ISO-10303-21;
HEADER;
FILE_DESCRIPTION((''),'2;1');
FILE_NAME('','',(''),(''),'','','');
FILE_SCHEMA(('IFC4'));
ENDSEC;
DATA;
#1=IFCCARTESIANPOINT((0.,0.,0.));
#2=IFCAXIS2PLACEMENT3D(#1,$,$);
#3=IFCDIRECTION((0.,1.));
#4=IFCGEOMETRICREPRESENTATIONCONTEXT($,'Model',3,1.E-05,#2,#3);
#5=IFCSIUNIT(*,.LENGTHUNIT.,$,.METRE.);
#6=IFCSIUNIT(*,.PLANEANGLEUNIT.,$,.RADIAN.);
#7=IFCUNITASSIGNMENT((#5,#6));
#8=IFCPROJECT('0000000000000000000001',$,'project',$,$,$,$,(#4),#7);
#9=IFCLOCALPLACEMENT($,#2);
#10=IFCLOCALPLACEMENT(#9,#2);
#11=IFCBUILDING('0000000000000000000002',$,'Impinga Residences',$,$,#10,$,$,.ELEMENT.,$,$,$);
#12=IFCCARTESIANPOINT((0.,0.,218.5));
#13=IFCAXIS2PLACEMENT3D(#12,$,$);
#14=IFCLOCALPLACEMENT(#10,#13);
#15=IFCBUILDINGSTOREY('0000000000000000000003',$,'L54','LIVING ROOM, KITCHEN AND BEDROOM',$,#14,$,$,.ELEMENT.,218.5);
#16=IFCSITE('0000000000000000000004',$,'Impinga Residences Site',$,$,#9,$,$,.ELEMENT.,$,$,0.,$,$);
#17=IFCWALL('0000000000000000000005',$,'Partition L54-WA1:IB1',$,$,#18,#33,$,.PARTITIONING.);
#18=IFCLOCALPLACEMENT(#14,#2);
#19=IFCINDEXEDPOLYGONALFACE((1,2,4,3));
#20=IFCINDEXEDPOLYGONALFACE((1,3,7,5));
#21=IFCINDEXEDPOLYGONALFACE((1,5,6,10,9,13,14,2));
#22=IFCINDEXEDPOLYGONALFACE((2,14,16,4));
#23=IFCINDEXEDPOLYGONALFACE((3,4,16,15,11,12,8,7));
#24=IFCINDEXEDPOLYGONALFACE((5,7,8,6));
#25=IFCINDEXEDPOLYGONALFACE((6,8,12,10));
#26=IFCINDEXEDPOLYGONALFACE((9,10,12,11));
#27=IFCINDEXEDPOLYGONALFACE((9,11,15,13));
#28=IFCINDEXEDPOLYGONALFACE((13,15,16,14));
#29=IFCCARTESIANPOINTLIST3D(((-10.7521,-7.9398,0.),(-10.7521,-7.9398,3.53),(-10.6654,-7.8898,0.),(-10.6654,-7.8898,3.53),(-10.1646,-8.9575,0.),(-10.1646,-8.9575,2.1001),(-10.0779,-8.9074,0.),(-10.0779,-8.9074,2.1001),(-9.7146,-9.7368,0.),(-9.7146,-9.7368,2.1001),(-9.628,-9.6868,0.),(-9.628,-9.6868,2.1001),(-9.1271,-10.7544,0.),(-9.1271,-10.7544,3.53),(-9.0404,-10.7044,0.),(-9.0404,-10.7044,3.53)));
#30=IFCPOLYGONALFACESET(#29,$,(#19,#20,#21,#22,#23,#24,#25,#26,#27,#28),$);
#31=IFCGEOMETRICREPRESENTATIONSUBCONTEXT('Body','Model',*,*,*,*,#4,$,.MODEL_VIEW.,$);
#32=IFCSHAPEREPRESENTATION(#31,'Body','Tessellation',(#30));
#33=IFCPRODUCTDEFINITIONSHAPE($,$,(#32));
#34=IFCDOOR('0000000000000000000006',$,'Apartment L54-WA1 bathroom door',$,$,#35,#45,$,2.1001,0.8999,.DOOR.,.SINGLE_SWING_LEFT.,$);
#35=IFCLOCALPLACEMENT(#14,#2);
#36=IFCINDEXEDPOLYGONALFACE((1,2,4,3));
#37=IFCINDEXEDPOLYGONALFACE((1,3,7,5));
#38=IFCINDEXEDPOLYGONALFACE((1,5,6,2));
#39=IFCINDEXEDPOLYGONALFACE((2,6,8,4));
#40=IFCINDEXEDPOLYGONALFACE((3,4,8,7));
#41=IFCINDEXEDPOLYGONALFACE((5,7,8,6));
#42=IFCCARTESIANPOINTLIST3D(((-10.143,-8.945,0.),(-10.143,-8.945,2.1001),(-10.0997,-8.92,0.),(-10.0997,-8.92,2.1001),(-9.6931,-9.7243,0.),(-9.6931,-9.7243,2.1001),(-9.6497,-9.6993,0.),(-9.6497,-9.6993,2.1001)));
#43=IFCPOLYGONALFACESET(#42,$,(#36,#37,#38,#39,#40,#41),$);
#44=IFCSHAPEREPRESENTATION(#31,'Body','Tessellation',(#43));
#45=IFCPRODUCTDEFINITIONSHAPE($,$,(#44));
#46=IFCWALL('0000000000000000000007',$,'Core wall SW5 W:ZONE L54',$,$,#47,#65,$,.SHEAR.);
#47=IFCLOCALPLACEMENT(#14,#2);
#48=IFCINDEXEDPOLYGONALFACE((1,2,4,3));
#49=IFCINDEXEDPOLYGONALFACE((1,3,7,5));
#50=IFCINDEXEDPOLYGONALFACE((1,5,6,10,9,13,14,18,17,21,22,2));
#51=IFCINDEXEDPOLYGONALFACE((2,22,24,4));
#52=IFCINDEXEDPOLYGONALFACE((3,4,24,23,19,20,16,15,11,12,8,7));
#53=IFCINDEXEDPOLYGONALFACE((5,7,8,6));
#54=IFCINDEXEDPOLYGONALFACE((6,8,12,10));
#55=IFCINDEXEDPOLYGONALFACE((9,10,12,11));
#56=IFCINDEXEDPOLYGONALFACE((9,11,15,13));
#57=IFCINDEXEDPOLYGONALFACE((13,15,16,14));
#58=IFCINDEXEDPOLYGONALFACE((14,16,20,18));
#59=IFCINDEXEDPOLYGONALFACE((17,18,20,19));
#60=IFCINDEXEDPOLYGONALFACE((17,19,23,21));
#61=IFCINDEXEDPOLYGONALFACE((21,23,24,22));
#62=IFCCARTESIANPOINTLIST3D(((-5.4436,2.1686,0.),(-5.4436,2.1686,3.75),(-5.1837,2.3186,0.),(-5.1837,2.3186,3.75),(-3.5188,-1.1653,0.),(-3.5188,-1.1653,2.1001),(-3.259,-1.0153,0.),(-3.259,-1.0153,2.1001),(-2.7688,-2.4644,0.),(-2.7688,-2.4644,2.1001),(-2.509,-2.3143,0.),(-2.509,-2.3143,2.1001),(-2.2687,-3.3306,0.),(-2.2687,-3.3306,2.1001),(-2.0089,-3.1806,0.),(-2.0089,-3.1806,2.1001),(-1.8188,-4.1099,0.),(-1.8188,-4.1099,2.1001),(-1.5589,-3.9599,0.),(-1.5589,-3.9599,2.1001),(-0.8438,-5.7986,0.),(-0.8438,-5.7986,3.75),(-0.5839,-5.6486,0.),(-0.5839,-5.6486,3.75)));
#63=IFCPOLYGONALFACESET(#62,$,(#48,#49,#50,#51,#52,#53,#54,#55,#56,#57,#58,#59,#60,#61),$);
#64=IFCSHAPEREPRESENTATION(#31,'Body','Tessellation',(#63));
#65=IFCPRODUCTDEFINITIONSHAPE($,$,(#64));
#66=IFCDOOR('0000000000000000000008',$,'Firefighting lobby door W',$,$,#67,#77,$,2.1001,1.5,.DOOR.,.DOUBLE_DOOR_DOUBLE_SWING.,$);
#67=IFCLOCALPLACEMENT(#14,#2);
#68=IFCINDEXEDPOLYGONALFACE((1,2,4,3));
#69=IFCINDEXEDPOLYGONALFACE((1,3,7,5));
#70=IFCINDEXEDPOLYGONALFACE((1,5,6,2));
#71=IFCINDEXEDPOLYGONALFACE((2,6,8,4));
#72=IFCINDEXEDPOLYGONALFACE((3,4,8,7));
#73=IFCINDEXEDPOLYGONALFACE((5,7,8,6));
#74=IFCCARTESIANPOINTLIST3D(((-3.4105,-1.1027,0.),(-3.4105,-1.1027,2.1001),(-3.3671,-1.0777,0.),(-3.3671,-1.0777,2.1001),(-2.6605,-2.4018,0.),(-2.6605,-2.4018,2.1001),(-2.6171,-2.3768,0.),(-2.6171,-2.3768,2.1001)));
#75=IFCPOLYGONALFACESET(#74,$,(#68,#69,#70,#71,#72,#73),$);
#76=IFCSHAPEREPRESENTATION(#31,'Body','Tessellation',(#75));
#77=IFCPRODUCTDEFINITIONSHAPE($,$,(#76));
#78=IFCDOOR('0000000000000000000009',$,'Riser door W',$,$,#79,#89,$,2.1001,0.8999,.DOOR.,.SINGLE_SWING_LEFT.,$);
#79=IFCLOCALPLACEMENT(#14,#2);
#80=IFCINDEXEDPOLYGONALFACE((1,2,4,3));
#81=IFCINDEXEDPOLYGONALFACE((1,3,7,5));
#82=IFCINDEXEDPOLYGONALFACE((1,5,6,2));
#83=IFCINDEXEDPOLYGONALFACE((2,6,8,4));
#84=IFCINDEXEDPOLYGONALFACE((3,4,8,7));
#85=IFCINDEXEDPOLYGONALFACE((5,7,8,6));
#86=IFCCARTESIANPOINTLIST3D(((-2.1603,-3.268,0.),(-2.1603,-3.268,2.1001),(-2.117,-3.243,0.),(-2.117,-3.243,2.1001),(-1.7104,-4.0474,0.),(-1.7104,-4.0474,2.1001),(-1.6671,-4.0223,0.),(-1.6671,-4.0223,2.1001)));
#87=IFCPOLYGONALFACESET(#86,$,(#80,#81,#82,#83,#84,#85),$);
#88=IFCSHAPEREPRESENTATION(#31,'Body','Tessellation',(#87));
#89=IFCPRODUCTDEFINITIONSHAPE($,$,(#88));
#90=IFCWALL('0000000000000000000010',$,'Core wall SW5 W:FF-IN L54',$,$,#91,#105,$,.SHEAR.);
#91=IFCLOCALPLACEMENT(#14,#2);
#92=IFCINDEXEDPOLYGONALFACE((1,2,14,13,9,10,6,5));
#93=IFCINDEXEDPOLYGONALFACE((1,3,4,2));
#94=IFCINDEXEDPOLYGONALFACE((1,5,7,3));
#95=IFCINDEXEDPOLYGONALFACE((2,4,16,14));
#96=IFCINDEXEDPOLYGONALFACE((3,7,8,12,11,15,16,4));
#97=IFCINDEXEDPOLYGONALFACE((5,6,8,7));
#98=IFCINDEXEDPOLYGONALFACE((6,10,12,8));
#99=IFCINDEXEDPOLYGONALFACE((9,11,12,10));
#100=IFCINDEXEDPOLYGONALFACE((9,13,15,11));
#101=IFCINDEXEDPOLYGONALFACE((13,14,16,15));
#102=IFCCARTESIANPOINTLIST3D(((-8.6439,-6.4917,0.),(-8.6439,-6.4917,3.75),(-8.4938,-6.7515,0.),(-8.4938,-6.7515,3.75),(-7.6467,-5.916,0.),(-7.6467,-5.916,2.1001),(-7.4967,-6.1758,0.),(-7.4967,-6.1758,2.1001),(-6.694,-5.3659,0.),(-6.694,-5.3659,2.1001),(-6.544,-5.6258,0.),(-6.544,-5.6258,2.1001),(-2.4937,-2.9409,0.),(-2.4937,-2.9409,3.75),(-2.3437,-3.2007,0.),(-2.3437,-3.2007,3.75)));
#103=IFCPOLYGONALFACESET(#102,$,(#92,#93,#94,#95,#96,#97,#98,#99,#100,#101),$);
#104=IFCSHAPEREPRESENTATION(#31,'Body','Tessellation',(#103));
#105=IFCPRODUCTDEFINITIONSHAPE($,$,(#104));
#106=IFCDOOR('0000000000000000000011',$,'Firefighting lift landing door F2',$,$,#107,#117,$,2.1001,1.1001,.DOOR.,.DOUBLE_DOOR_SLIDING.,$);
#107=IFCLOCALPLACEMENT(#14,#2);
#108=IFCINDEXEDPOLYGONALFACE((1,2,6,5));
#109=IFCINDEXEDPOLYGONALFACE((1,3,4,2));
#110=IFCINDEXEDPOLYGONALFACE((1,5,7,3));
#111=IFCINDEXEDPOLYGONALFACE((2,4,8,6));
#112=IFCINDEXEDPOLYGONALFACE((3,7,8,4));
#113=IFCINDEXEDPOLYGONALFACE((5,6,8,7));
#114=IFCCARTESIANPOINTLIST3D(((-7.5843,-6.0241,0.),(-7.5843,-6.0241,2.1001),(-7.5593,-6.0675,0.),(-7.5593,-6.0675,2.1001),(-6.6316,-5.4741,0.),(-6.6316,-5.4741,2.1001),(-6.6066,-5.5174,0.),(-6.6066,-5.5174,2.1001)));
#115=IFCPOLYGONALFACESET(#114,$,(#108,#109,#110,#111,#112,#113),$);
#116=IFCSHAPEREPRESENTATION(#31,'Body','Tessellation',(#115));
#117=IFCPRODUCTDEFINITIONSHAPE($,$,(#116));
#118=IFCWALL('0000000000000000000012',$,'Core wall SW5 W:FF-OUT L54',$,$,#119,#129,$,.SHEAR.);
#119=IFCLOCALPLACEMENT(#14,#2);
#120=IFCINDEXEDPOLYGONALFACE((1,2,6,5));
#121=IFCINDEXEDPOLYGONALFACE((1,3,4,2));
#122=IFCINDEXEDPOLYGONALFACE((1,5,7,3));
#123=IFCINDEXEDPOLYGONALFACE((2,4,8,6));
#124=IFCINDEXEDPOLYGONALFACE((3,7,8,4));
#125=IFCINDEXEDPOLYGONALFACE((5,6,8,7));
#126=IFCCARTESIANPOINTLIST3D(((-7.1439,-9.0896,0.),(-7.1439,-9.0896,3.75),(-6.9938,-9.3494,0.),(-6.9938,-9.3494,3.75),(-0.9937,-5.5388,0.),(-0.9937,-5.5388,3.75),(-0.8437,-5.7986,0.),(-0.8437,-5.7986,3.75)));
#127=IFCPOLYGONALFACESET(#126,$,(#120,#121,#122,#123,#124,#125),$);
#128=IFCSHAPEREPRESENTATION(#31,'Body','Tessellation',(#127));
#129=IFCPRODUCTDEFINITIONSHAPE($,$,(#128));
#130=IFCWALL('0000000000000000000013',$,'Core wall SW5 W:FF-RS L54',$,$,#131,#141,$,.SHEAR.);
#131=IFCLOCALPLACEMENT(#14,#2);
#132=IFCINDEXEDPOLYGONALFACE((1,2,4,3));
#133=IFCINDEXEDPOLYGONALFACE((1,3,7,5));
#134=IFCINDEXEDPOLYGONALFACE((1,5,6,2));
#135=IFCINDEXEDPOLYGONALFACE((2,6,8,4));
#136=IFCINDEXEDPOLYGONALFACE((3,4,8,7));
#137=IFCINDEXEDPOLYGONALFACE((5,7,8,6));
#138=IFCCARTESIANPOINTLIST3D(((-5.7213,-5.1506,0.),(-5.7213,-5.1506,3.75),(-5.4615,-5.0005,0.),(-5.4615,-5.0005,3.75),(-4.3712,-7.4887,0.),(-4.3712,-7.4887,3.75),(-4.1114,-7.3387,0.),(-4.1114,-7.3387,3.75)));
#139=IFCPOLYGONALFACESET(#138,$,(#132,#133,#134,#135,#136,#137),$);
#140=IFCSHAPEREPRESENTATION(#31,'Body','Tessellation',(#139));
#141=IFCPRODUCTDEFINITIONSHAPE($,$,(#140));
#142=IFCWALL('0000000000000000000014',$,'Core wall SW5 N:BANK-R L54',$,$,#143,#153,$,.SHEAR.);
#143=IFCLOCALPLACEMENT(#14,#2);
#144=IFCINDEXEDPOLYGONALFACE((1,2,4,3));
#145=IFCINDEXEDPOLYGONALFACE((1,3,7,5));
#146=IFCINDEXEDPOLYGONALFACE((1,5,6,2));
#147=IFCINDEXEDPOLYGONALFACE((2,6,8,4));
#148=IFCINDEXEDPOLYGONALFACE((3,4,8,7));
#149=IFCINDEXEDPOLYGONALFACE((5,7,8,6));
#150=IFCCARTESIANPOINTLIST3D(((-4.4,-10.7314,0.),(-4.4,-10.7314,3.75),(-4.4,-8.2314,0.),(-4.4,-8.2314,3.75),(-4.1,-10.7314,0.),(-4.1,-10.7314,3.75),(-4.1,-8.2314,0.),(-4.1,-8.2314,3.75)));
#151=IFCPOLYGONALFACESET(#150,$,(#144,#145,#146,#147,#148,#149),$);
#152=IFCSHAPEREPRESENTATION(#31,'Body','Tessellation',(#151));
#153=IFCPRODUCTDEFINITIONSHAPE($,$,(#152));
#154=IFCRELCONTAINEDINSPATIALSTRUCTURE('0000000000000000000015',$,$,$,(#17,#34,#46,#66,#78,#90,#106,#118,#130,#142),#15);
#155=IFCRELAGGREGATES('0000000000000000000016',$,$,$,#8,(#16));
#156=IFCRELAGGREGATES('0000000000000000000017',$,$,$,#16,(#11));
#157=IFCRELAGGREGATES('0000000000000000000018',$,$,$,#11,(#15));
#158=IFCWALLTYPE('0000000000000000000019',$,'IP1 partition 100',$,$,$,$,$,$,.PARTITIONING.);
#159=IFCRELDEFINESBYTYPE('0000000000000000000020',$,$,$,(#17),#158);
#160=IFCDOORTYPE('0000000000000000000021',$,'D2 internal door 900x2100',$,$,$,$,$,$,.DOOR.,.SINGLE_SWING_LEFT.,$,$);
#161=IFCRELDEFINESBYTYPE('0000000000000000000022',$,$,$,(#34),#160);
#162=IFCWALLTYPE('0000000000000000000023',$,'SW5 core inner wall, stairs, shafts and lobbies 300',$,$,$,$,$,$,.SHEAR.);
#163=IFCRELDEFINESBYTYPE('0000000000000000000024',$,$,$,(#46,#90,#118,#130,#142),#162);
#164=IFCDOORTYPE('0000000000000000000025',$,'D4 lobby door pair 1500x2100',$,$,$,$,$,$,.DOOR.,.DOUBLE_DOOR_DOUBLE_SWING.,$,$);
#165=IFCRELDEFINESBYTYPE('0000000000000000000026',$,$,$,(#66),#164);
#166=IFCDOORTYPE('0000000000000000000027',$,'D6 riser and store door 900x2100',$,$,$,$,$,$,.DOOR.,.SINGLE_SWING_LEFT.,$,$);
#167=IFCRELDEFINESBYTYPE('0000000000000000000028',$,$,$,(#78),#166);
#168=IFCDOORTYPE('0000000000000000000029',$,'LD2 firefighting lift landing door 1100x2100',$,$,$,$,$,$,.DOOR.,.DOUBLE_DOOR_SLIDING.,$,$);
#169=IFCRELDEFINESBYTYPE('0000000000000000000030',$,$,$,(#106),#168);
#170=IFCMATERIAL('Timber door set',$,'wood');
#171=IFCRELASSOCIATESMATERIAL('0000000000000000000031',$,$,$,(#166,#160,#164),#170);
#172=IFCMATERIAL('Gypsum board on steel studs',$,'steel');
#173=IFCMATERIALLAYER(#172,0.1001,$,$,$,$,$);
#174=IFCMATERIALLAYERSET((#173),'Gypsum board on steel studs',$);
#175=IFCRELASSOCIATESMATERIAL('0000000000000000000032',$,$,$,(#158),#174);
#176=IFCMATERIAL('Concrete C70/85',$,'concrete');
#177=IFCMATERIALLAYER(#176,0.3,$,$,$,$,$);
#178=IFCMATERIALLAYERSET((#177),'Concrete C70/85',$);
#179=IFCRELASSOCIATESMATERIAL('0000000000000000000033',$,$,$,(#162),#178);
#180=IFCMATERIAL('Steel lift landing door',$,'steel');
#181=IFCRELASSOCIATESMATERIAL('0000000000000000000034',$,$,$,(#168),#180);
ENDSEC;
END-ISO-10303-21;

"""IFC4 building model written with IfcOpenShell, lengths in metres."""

from ifc_helpers import new_model, si_unit, direction, frame, frame_2d, origin, place, context, subcontext, project, spatial, rectangle, extrude, material, layer, layer_set, type_object, element, fill, save


model = new_model("IFC4")

# Units and contexts
model_context = context("Model", 3, precision=1e-05, world=origin(), true_north=direction((0.0, 1.0)))
body_context = subcontext(model_context, "Body", "Model", "MODEL_VIEW")
ifc_project = project(units=[si_unit("LENGTHUNIT", "METRE"), si_unit("PLANEANGLEUNIT", "RADIAN")], contexts=[model_context])

# Site, building, storey
site_placement = place(None, origin())
site = spatial("IfcSite", under=ifc_project, at=site_placement, Name="Impinga Residences Site", CompositionType="ELEMENT", RefElevation=0.0)
building_placement = place(site_placement, origin())
building = spatial("IfcBuilding", under=site, at=building_placement, Name="Impinga Residences", CompositionType="ELEMENT")
storey_placement = place(building_placement, frame((0.0, 0.0, 218.5)))
storey = spatial("IfcBuildingStorey", under=building, at=storey_placement, Name="L54", Description="LIVING ROOM, KITCHEN AND BEDROOM", CompositionType="ELEMENT", Elevation=218.5)

# Shared definitions
ifc_material_1 = material(Name="Timber door set", Category="wood")

# Shared definitions
door_type_1 = type_object("IfcDoorType", Name="D6 riser and store door 900x2100", OperationType="SINGLE_SWING_LEFT", PredefinedType="DOOR", material=ifc_material_1)

# Shared definitions
ifc_material_2 = material(Name="Gypsum board on steel studs", Category="steel")
ifc_layer_1 = layer(ifc_material_2, 0.1001)
ifc_layer_set_1 = layer_set([ifc_layer_1], Name="Gypsum board on steel studs")
wall_type_1 = type_object("IfcWallType", Name="IP1 partition 100", PredefinedType="PARTITIONING", material=ifc_layer_set_1)

# Wall, opening, door
wall_1_placement = place(storey_placement, frame((-10.7087, -7.9148, 0.0), z_axis=(0.0, 0.0, 1.0), x_axis=(0.499985, -0.866034, 0.0)))
wall_1 = element("IfcWall", 1, at=wall_1_placement, inside=storey, type_object=wall_type_1, Name="Partition L54-WA1:IB1", PredefinedType="PARTITIONING", context=body_context, shape_type="SweptSolid", body=[
    extrude(rectangle(XDim=3.25, YDim=0.1001, at=frame_2d((1.625, 0.0))), origin(), (0.0, 0.0, 1.0), 3.53),
])
opening_1_placement = place(wall_1_placement, frame((1.175, 0.0, 0.0)))
opening_1 = element("IfcOpeningElement", 2, at=opening_1_placement, cuts=wall_1, PredefinedType="OPENING", context=body_context, shape_type="SweptSolid", body=[
    extrude(rectangle(XDim=0.8999, YDim=2.1001, at=frame_2d((0.45, 1.05))), frame((0.0, 0.0601, 0.0), z_axis=(0.0, -1.0, 0.0), x_axis=(1.0, 0.0, 0.0)), (0.0, 0.0, 1.0), 0.1201),
])
door_type_2 = type_object("IfcDoorType", Name="D2 internal door 900x2100", OperationType="SINGLE_SWING_LEFT", PredefinedType="DOOR", material=ifc_material_1)
door_1_placement = place(opening_1_placement, origin())
door_1 = element("IfcDoor", 3, at=door_1_placement, inside=storey, type_object=door_type_2, Name="Apartment L54-WA1 bathroom door", OperationType="SINGLE_SWING_LEFT", OverallHeight=2.1001, OverallWidth=0.8999, PredefinedType="DOOR", context=body_context, shape_type="SweptSolid", body=[
    extrude(rectangle(XDim=0.8999, YDim=2.1001, at=frame_2d((0.45, 1.05))), frame((0.0, 0.0249, 0.0), z_axis=(0.0, -1.0, 0.0), x_axis=(1.0, 0.0, 0.0)), (0.0, 0.0, 1.0), 0.05),
])
fill(opening_1, door_1)

# Wall, openings, doors
ifc_material_3 = material(Name="Concrete C70/85", Category="concrete")
ifc_layer_2 = layer(ifc_material_3, 0.3)
ifc_layer_set_2 = layer_set([ifc_layer_2], Name="Concrete C70/85")
wall_type_2 = type_object("IfcWallType", Name="SW5 core inner wall, stairs, shafts and lobbies 300", PredefinedType="SHEAR", material=ifc_layer_set_2)
wall_2_placement = place(storey_placement, frame((-0.7139, -5.7236, 0.0), z_axis=(0.0, 0.0, 1.0), x_axis=(-0.499995, 0.866028, 0.0)))
wall_2 = element("IfcWall", 4, at=wall_2_placement, inside=storey, type_object=wall_type_2, Name="Core wall SW5 W:ZONE L54", PredefinedType="SHEAR", context=body_context, shape_type="SweptSolid", body=[
    extrude(rectangle(XDim=9.1997, YDim=0.3, at=frame_2d((4.5999, 0.0))), origin(), (0.0, 0.0, 1.0), 3.75),
])
opening_2_placement = place(wall_2_placement, frame((3.8501, 0.0, 0.0)))
opening_2 = element("IfcOpeningElement", 5, at=opening_2_placement, cuts=wall_2, PredefinedType="OPENING", context=body_context, shape_type="SweptSolid", body=[
    extrude(rectangle(XDim=1.5, YDim=2.1001, at=frame_2d((0.75, 1.05))), frame((0.0, 0.1599, 0.0), z_axis=(0.0, -1.0, 0.0), x_axis=(1.0, 0.0, 0.0)), (0.0, 0.0, 1.0), 0.3201),
])
opening_3_placement = place(wall_2_placement, frame((1.95, 0.0, 0.0)))
opening_3 = element("IfcOpeningElement", 6, at=opening_3_placement, cuts=wall_2, PredefinedType="OPENING", context=body_context, shape_type="SweptSolid", body=[
    extrude(rectangle(XDim=0.8999, YDim=2.1001, at=frame_2d((0.45, 1.05))), frame((0.0, 0.1599, 0.0), z_axis=(0.0, -1.0, 0.0), x_axis=(1.0, 0.0, 0.0)), (0.0, 0.0, 1.0), 0.3201),
])
door_type_3 = type_object("IfcDoorType", Name="D4 lobby door pair 1500x2100", OperationType="DOUBLE_DOOR_DOUBLE_SWING", PredefinedType="DOOR", material=ifc_material_1)
door_2_placement = place(opening_2_placement, origin())
door_2 = element("IfcDoor", 7, at=door_2_placement, inside=storey, type_object=door_type_3, Name="Firefighting lobby door W", OperationType="DOUBLE_DOOR_DOUBLE_SWING", OverallHeight=2.1001, OverallWidth=1.5, PredefinedType="DOOR", context=body_context, shape_type="SweptSolid", body=[
    extrude(rectangle(XDim=1.5, YDim=2.1001, at=frame_2d((0.75, 1.05))), frame((0.0, 0.0249, 0.0), z_axis=(0.0, -1.0, 0.0), x_axis=(1.0, 0.0, 0.0)), (0.0, 0.0, 1.0), 0.05),
])
fill(opening_2, door_2)
door_3_placement = place(opening_3_placement, origin())
door_3 = element("IfcDoor", 8, at=door_3_placement, inside=storey, type_object=door_type_1, Name="Riser door W", OperationType="SINGLE_SWING_LEFT", OverallHeight=2.1001, OverallWidth=0.8999, PredefinedType="DOOR", context=body_context, shape_type="SweptSolid", body=[
    extrude(rectangle(XDim=0.8999, YDim=2.1001, at=frame_2d((0.45, 1.05))), frame((0.0, 0.0249, 0.0), z_axis=(0.0, -1.0, 0.0), x_axis=(1.0, 0.0, 0.0)), (0.0, 0.0, 1.0), 0.05),
])
fill(opening_3, door_3)

# Wall, opening, door
wall_3_placement = place(storey_placement, frame((-2.4187, -3.0708, 0.0), z_axis=(0.0, 0.0, 1.0), x_axis=(-0.866026, -0.499999, 0.0)))
wall_3 = element("IfcWall", 9, at=wall_3_placement, inside=storey, type_object=wall_type_2, Name="Core wall SW5 W:FF-IN L54", PredefinedType="SHEAR", context=body_context, shape_type="SweptSolid", body=[
    extrude(rectangle(XDim=7.1016, YDim=0.3, at=frame_2d((3.5508, 0.0))), origin(), (0.0, 0.0, 1.0), 3.75),
])
opening_4_placement = place(wall_3_placement, frame((4.8501, 0.0, 0.0)))
opening_4 = element("IfcOpeningElement", 10, at=opening_4_placement, cuts=wall_3, PredefinedType="OPENING", context=body_context, shape_type="SweptSolid", body=[
    extrude(rectangle(XDim=1.1001, YDim=2.1001, at=frame_2d((0.55, 1.05))), frame((0.0, 0.1599, 0.0), z_axis=(0.0, -1.0, 0.0), x_axis=(1.0, 0.0, 0.0)), (0.0, 0.0, 1.0), 0.3201),
])
ifc_material_4 = material(Name="Steel lift landing door", Category="steel")
door_type_4 = type_object("IfcDoorType", Name="LD2 firefighting lift landing door 1100x2100", OperationType="DOUBLE_DOOR_SLIDING", PredefinedType="DOOR", material=ifc_material_4)
door_4_placement = place(opening_4_placement, origin())
door_4 = element("IfcDoor", 11, at=door_4_placement, inside=storey, type_object=door_type_4, Name="Firefighting lift landing door F2", OperationType="DOUBLE_DOOR_SLIDING", OverallHeight=2.1001, OverallWidth=1.1001, PredefinedType="DOOR", context=body_context, shape_type="SweptSolid", body=[
    extrude(rectangle(XDim=1.1001, YDim=2.1001, at=frame_2d((0.55, 1.05))), frame((0.0, 0.0249, 0.0), z_axis=(0.0, -1.0, 0.0), x_axis=(1.0, 0.0, 0.0)), (0.0, 0.0, 1.0), 0.05),
])
fill(opening_4, door_4)

# Walls
wall_4_placement = place(storey_placement, frame((-0.9187, -5.6687, 0.0), z_axis=(0.0, 0.0, 1.0), x_axis=(-0.866026, -0.499999, 0.0)))
element("IfcWall", 12, at=wall_4_placement, inside=storey, type_object=wall_type_2, Name="Core wall SW5 W:FF-OUT L54", PredefinedType="SHEAR", context=body_context, shape_type="SweptSolid", body=[
    extrude(rectangle(XDim=7.1016, YDim=0.3, at=frame_2d((3.5508, 0.0))), origin(), (0.0, 0.0, 1.0), 3.75),
])
wall_5_placement = place(storey_placement, frame((-4.2412, -7.4138, 0.0), z_axis=(0.0, 0.0, 1.0), x_axis=(-0.500049, 0.865997, 0.0)))
element("IfcWall", 13, at=wall_5_placement, inside=storey, type_object=wall_type_2, Name="Core wall SW5 W:FF-RS L54", PredefinedType="SHEAR", context=body_context, shape_type="SweptSolid", body=[
    extrude(rectangle(XDim=2.7, YDim=0.3, at=frame_2d((1.3501, 0.0))), origin(), (0.0, 0.0, 1.0), 3.75),
])
wall_6_placement = place(storey_placement, frame((-4.25, -8.2314, 0.0), z_axis=(0.0, 0.0, 1.0), x_axis=(0.0, -1.0, 0.0)))
element("IfcWall", 14, at=wall_6_placement, inside=storey, type_object=wall_type_2, Name="Core wall SW5 N:BANK-R L54", PredefinedType="SHEAR", context=body_context, shape_type="SweptSolid", body=[
    extrude(rectangle(XDim=2.5, YDim=0.3, at=frame_2d((1.25, 0.0))), origin(), (0.0, 0.0, 1.0), 3.75),
])

save(model, "model.ifc")
